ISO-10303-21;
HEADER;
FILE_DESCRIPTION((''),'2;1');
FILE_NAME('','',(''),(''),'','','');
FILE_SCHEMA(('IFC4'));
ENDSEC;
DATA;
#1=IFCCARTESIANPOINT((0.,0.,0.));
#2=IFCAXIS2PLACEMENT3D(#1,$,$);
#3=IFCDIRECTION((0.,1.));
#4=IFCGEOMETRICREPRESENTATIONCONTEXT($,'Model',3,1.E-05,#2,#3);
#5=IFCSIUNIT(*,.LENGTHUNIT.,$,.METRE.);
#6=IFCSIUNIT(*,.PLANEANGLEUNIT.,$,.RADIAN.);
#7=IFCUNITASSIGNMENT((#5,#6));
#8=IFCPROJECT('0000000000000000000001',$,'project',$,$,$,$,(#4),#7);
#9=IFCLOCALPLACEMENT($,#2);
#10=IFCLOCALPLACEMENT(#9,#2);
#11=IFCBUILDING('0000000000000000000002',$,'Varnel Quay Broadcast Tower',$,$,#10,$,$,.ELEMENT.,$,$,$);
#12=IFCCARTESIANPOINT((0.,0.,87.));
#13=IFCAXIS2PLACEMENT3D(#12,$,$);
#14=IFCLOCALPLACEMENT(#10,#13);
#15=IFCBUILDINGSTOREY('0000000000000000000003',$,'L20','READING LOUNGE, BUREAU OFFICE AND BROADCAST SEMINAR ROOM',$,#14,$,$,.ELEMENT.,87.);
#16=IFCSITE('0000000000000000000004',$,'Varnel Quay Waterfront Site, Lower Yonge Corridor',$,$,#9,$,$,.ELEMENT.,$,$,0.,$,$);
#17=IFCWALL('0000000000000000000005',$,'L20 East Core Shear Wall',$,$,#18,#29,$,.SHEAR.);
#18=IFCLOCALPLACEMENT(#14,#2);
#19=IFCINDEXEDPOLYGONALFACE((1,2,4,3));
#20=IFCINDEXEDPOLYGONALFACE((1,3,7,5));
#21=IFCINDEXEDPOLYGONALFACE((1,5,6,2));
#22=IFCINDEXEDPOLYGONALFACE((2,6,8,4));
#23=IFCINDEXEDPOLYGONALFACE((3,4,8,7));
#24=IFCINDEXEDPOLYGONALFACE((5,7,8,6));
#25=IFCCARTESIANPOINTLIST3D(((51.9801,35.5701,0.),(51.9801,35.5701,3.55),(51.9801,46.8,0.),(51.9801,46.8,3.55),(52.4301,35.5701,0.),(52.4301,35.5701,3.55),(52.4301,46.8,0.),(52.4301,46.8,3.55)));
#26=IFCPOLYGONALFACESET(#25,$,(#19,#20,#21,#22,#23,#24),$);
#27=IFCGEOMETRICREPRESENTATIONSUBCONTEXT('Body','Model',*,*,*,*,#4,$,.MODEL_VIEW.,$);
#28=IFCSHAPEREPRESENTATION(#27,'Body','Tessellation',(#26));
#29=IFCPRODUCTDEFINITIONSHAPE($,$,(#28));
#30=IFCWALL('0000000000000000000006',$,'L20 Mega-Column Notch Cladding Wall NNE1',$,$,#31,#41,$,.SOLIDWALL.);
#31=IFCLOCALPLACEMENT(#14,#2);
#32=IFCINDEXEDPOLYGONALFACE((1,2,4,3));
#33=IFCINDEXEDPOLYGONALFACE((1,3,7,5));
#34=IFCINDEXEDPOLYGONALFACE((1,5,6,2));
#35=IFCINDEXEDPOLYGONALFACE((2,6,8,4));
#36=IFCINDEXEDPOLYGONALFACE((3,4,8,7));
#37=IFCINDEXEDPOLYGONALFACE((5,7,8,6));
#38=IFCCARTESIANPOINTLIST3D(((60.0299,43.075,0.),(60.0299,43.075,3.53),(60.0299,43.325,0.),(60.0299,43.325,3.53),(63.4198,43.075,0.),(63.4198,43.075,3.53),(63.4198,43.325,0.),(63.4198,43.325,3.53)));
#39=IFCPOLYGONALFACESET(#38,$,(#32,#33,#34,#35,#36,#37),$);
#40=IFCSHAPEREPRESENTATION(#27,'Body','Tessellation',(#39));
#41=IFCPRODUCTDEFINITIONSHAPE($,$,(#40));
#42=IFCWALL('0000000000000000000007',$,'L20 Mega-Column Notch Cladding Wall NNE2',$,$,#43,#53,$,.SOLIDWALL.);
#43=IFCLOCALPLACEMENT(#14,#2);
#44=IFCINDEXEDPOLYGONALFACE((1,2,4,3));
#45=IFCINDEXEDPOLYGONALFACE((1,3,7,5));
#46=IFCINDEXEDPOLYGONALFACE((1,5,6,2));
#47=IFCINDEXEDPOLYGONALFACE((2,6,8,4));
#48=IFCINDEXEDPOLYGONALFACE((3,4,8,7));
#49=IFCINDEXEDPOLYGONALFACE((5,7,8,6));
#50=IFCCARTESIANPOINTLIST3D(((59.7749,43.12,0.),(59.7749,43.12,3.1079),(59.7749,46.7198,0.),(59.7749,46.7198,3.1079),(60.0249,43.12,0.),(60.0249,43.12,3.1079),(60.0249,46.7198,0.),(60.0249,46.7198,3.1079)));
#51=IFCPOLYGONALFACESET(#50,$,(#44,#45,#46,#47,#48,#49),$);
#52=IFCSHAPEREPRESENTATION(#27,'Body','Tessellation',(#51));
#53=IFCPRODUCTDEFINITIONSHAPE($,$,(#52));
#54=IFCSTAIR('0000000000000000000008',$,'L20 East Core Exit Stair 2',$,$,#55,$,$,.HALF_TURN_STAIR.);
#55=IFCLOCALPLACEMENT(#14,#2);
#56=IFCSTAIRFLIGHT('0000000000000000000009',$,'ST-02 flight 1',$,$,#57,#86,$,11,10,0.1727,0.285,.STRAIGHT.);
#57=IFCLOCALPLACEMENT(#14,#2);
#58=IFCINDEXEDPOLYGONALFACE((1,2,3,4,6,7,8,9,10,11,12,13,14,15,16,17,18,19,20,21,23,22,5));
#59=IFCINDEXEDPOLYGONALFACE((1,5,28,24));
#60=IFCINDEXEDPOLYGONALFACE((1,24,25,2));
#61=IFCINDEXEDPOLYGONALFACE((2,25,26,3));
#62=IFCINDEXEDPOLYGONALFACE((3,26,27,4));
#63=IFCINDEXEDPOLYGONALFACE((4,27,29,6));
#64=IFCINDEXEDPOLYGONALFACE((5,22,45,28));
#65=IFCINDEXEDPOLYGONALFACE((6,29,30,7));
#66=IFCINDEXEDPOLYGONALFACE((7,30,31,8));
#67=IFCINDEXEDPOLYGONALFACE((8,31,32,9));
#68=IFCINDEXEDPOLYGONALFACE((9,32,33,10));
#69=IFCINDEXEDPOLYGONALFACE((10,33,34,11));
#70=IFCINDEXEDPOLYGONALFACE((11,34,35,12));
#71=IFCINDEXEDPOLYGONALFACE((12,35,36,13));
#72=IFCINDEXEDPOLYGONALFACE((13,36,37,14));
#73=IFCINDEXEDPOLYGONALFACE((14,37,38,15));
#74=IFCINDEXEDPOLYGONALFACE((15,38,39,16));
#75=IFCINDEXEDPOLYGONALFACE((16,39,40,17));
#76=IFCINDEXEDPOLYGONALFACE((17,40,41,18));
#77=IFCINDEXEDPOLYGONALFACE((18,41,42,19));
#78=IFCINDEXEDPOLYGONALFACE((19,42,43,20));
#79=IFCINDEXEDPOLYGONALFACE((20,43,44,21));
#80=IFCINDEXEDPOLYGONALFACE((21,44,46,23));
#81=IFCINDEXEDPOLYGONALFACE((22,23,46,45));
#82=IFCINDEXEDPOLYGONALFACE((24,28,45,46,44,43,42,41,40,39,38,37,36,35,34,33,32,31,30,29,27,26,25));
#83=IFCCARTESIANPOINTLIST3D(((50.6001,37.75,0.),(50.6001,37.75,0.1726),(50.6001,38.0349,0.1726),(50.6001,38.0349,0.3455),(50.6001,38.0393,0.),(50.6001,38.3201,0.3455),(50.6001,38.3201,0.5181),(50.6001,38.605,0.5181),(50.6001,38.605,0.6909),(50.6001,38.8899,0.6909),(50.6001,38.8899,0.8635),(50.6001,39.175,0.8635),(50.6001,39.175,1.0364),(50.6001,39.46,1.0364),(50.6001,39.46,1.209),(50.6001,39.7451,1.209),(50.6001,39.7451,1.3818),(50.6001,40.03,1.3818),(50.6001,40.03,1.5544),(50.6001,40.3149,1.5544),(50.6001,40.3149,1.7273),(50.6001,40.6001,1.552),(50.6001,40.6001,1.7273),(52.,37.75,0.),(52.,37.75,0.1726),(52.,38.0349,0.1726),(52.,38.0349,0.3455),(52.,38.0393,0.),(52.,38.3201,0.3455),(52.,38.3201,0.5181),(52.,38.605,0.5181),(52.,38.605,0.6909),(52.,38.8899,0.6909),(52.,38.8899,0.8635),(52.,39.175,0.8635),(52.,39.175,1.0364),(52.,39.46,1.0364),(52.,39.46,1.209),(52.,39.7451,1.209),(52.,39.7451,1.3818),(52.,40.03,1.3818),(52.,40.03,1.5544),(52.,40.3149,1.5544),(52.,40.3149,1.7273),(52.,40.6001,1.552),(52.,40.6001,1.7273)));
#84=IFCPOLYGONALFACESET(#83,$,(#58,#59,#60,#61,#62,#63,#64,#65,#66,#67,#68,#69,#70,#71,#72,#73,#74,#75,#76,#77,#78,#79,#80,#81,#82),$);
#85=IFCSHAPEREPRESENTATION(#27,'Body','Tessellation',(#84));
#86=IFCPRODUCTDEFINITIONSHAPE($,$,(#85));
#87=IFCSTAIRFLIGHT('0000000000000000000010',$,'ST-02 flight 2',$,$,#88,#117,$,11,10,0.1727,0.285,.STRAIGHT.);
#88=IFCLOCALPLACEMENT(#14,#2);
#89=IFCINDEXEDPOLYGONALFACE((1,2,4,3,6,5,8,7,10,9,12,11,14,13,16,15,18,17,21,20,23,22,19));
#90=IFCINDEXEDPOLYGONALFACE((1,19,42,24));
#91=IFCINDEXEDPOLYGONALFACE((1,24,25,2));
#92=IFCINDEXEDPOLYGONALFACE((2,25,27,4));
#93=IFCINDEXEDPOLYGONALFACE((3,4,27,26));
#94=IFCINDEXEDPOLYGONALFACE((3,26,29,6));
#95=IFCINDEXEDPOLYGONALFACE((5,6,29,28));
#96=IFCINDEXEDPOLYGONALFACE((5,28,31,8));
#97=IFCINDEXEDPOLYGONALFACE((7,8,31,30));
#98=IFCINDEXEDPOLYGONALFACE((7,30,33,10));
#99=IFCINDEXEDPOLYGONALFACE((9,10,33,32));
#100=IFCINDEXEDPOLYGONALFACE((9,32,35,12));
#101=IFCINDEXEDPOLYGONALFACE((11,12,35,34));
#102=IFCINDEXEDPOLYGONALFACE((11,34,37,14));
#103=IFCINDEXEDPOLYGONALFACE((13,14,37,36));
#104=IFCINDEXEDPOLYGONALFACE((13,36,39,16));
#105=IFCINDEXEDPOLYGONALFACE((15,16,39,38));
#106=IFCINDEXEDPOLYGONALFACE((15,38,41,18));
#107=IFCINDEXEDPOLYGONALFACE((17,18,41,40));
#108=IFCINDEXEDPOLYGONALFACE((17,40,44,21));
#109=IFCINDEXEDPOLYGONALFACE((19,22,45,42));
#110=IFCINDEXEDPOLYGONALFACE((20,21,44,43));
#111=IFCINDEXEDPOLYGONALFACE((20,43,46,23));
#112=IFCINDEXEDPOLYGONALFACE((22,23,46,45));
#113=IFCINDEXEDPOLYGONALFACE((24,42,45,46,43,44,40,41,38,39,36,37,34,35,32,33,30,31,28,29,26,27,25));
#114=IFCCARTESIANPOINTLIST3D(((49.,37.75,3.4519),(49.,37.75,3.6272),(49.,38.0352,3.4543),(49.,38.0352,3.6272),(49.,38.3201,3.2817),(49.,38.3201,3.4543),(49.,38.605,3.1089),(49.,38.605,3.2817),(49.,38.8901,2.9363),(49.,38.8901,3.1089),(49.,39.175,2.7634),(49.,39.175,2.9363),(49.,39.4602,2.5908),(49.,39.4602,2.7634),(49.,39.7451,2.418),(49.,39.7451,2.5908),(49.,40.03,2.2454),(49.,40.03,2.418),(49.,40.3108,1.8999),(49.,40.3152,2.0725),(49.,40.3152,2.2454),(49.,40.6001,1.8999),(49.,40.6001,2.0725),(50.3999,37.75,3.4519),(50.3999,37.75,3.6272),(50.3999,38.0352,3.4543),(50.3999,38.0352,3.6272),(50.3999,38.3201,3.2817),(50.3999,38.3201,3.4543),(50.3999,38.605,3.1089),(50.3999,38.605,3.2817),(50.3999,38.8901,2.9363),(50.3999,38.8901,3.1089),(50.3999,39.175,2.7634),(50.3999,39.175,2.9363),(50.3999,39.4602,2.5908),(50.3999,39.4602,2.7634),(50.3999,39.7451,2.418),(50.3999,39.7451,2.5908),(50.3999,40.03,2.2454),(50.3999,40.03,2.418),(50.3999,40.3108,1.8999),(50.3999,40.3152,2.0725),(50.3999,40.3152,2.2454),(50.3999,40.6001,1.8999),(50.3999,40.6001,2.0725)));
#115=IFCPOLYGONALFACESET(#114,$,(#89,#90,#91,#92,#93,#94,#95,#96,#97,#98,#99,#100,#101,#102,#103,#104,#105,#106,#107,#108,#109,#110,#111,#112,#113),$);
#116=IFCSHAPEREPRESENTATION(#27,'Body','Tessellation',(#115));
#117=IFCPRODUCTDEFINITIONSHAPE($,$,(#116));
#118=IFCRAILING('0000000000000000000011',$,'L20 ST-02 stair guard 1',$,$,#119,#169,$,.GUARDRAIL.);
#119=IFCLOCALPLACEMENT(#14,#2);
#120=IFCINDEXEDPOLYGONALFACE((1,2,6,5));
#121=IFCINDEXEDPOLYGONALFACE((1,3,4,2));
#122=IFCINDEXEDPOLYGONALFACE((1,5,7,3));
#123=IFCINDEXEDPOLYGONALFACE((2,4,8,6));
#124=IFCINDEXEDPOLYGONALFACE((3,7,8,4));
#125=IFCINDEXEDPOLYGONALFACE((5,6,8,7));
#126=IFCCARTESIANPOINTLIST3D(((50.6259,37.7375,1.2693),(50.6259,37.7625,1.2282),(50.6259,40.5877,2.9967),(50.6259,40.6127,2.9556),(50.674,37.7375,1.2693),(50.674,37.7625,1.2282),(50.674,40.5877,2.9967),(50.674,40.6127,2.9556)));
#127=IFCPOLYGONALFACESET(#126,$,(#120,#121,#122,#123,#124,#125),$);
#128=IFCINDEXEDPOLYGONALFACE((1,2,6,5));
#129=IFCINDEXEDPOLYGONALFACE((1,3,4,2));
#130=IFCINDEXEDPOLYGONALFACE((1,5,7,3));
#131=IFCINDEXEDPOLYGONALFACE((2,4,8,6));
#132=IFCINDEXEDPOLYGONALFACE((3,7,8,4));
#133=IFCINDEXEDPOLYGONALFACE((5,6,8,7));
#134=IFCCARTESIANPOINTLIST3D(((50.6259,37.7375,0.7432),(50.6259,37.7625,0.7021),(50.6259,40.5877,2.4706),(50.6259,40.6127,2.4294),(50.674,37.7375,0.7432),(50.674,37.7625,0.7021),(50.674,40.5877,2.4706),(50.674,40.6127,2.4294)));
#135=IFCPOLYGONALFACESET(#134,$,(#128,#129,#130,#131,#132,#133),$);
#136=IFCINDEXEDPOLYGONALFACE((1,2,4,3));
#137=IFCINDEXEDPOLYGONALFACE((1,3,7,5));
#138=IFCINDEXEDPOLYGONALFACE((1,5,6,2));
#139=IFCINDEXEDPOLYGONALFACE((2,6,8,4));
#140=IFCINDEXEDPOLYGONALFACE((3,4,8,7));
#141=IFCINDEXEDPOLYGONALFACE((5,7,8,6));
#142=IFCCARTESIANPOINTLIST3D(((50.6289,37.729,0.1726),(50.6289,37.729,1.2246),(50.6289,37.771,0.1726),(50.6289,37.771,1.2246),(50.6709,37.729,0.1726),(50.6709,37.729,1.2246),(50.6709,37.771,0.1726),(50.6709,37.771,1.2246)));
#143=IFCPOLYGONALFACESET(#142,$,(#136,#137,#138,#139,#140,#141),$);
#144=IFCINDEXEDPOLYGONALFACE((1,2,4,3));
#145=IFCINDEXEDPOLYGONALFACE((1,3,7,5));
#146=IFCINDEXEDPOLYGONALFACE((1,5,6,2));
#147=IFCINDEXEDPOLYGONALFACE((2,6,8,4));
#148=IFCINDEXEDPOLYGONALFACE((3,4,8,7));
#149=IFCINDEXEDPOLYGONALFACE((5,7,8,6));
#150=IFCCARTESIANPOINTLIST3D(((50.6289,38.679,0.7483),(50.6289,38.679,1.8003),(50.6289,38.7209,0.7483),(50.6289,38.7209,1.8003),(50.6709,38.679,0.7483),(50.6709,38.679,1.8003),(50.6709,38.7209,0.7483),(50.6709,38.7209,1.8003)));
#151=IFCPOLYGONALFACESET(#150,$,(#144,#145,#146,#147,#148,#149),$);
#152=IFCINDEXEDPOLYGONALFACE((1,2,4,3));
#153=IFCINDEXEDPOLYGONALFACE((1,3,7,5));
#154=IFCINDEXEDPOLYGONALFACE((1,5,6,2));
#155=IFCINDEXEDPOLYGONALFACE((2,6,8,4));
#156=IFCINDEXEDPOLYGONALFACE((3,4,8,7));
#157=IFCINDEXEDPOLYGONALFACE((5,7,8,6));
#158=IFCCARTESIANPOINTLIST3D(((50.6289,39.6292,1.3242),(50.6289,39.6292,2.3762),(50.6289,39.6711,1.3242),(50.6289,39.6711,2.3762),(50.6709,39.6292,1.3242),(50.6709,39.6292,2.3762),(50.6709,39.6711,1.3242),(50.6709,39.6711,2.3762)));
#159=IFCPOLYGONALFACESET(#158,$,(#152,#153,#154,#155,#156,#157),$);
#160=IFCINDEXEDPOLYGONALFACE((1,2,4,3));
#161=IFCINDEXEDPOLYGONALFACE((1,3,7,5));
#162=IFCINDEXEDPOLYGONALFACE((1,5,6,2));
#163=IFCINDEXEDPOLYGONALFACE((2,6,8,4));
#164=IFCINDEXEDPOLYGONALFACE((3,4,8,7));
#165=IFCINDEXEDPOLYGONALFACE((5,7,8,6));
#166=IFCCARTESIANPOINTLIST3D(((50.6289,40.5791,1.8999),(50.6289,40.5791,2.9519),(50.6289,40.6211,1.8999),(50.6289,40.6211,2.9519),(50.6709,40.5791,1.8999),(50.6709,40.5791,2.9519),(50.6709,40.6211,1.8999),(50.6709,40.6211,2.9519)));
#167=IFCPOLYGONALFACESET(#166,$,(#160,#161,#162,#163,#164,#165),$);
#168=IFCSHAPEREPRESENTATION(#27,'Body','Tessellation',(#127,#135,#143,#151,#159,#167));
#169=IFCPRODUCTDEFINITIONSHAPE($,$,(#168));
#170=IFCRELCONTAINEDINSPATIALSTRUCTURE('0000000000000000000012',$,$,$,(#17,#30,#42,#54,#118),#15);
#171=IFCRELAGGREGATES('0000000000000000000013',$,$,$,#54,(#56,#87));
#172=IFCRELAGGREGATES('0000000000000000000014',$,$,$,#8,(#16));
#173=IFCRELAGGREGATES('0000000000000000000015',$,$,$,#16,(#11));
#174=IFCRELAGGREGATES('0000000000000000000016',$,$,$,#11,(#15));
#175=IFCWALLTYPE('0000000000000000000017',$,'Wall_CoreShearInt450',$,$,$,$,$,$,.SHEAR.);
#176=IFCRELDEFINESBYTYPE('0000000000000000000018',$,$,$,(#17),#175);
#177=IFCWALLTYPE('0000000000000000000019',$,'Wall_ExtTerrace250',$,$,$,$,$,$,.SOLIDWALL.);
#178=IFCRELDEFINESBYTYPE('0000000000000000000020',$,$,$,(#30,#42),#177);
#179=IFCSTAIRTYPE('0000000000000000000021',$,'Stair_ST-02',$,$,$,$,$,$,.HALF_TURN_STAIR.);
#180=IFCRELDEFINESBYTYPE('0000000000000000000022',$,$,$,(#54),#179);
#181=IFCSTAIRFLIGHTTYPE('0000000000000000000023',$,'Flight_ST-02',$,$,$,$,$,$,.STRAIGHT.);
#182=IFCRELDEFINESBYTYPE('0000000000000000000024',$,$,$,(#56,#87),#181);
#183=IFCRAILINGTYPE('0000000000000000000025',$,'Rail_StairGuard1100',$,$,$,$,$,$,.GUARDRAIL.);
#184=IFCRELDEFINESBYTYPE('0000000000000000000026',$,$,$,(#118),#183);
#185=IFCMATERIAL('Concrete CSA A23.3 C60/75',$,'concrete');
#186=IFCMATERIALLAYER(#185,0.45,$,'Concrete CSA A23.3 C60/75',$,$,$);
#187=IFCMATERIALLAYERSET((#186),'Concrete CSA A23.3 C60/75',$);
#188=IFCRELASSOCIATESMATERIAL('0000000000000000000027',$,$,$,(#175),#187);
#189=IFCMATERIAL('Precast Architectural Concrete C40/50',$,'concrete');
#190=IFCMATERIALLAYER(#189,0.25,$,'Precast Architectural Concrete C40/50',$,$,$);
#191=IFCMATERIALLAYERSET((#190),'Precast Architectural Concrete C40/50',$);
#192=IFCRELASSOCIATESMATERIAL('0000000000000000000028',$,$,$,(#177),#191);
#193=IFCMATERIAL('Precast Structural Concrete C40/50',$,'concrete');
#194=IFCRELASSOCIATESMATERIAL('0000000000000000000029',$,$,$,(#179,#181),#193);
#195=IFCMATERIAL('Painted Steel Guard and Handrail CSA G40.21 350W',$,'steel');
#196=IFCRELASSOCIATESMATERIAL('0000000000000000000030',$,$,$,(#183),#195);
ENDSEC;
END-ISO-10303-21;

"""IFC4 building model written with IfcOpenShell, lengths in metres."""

from ifc_helpers import new_model, si_unit, direction, frame, frame_2d, origin, origin_2d, place, context, subcontext, project, spatial, polyline, rectangle, outline, extrude, material, layer, layer_set, type_object, element, aggregate, save


model = new_model("IFC4")

# Units and contexts
model_context = context("Model", 3, precision=1e-05, world=origin(), true_north=direction((0.0, 1.0)))
body_context = subcontext(model_context, "Body", "Model", "MODEL_VIEW")
ifc_project = project(units=[si_unit("LENGTHUNIT", "METRE"), si_unit("PLANEANGLEUNIT", "RADIAN")], contexts=[model_context])

# Site, building, storey
site_placement = place(None, origin())
site = spatial("IfcSite", under=ifc_project, at=site_placement, Name="Varnel Quay Waterfront Site, Lower Yonge Corridor", CompositionType="ELEMENT", RefElevation=0.0)
building_placement = place(site_placement, origin())
building = spatial("IfcBuilding", under=site, at=building_placement, Name="Varnel Quay Broadcast Tower", CompositionType="ELEMENT")
storey_placement = place(building_placement, frame((0.0, 0.0, 87.0)))
storey = spatial("IfcBuildingStorey", under=building, at=storey_placement, Name="L20", Description="READING LOUNGE, BUREAU OFFICE AND BROADCAST SEMINAR ROOM", CompositionType="ELEMENT", Elevation=87.0)

# Walls
ifc_material_1 = material(Name="Concrete CSA A23.3 C60/75", Category="concrete")
ifc_layer_1 = layer(ifc_material_1, 0.45, Name="Concrete CSA A23.3 C60/75")
ifc_layer_set_1 = layer_set([ifc_layer_1], Name="Concrete CSA A23.3 C60/75")
wall_type_1 = type_object("IfcWallType", Name="Wall_CoreShearInt450", PredefinedType="SHEAR", material=ifc_layer_set_1)
wall_1_placement = place(storey_placement, frame((52.2051, 35.5701, 0.0), z_axis=(0.0, 0.0, 1.0), x_axis=(0.0, 1.0, 0.0)))
element("IfcWall", 1, at=wall_1_placement, inside=storey, type_object=wall_type_1, Name="L20 East Core Shear Wall", PredefinedType="SHEAR", context=body_context, shape_type="SweptSolid", body=[
    extrude(rectangle(XDim=11.23, YDim=0.45, at=frame_2d((5.615, 0.0))), origin(), (0.0, 0.0, 1.0), 3.55),
])
ifc_material_2 = material(Name="Precast Architectural Concrete C40/50", Category="concrete")
ifc_layer_2 = layer(ifc_material_2, 0.25, Name="Precast Architectural Concrete C40/50")
ifc_layer_set_2 = layer_set([ifc_layer_2], Name="Precast Architectural Concrete C40/50")
wall_type_2 = type_object("IfcWallType", Name="Wall_ExtTerrace250", PredefinedType="SOLIDWALL", material=ifc_layer_set_2)
wall_2_placement = place(storey_placement, frame((60.03, 43.2, 0.0), z_axis=(0.0, 0.0, 1.0), x_axis=(1.0, 0.0, 0.0)))
element("IfcWall", 2, at=wall_2_placement, inside=storey, type_object=wall_type_2, Name="L20 Mega-Column Notch Cladding Wall NNE1", PredefinedType="SOLIDWALL", context=body_context, shape_type="SweptSolid", body=[
    extrude(rectangle(XDim=3.3899, YDim=0.25, at=frame_2d((1.6948, 0.0))), origin(), (0.0, 0.0, 1.0), 3.53),
])
wall_3_placement = place(storey_placement, frame((59.8999, 43.1201, 0.0), z_axis=(0.0, 0.0, 1.0), x_axis=(0.0, 1.0, 0.0)))
element("IfcWall", 3, at=wall_3_placement, inside=storey, type_object=wall_type_2, Name="L20 Mega-Column Notch Cladding Wall NNE2", PredefinedType="SOLIDWALL", context=body_context, shape_type="SweptSolid", body=[
    extrude(rectangle(XDim=3.5999, YDim=0.25, at=frame_2d((1.7998, 0.0))), origin(), (0.0, 0.0, 1.0), 3.1079),
])

# Stair, stair flights
ifc_material_3 = material(Name="Precast Structural Concrete C40/50", Category="concrete")
stair_type = type_object("IfcStairType", Name="Stair_ST-02", PredefinedType="HALF_TURN_STAIR", material=ifc_material_3)
stair_placement = place(storey_placement, origin())
stair = element("IfcStair", 4, at=stair_placement, inside=storey, type_object=stair_type, Name="L20 East Core Exit Stair 2", PredefinedType="HALF_TURN_STAIR")
stair_flight_type = type_object("IfcStairFlightType", Name="Flight_ST-02", PredefinedType="STRAIGHT", material=ifc_material_3)
stair_flight_1_placement = place(storey_placement, frame((51.3, 37.75, 0.0), z_axis=(0.0, 0.0, 1.0), x_axis=(0.0, 1.0, 0.0)))
stair_flight_1 = element("IfcStairFlight", 5, at=stair_flight_1_placement, type_object=stair_flight_type, Name="ST-02 flight 1", NumberOfRisers=11, NumberOfTreads=10, PredefinedType="STRAIGHT", RiserHeight=0.1727, TreadLength=0.285, context=body_context, shape_type="SweptSolid", body=[
    extrude(outline(polyline([(0.0, 0.0), (0.0, 0.1726), (0.2849, 0.1726), (0.2849, 0.3455), (0.5701, 0.3455), (0.5701, 0.5181), (0.855, 0.5181), (0.855, 0.6909), (1.1399, 0.6909), (1.1399, 0.8635), (1.425, 0.8635), (1.425, 1.0364), (1.71, 1.0364), (1.71, 1.209), (1.9951, 1.209), (1.9951, 1.3818), (2.28, 1.3818), (2.28, 1.5544), (2.5649, 1.5544), (2.5649, 1.7273), (2.8501, 1.7273), (2.8501, 1.8999), (2.8501, 1.552), (0.2893, 0.0), (0.0, 0.0)])), frame((0.0, 0.7, 0.0), z_axis=(0.0, -1.0, 0.0), x_axis=(1.0, 0.0, 0.0)), (0.0, 0.0, 1.0), 1.3999),
])
stair_flight_2_placement = place(storey_placement, frame((49.7, 40.6001, 1.8999), z_axis=(0.0, 0.0, 1.0), x_axis=(0.0, -1.0, 0.0)))
stair_flight_2 = element("IfcStairFlight", 6, at=stair_flight_2_placement, type_object=stair_flight_type, Name="ST-02 flight 2", NumberOfRisers=11, NumberOfTreads=10, PredefinedType="STRAIGHT", RiserHeight=0.1727, TreadLength=0.285, context=body_context, shape_type="SweptSolid", body=[
    extrude(outline(polyline([(0.0, 0.0), (0.0, 0.1726), (0.2849, 0.1726), (0.2849, 0.3455), (0.5701, 0.3455), (0.5701, 0.5181), (0.855, 0.5181), (0.855, 0.6909), (1.1399, 0.6909), (1.1399, 0.8635), (1.425, 0.8635), (1.425, 1.0364), (1.71, 1.0364), (1.71, 1.209), (1.9951, 1.209), (1.9951, 1.3818), (2.28, 1.3818), (2.28, 1.5544), (2.5649, 1.5544), (2.5649, 1.7273), (2.8501, 1.7273), (2.8501, 1.8999), (2.8501, 1.552), (0.2893, 0.0), (0.0, 0.0)])), frame((0.0, 0.7, 0.0), z_axis=(0.0, -1.0, 0.0), x_axis=(1.0, 0.0, 0.0)), (0.0, 0.0, 1.0), 1.3999),
])
aggregate(stair, [stair_flight_1, stair_flight_2])

# Railing
ifc_material_4 = material(Name="Painted Steel Guard and Handrail CSA G40.21 350W", Category="steel")
railing_type_1 = type_object("IfcRailingType", Name="Rail_StairGuard1100", PredefinedType="GUARDRAIL", material=ifc_material_4)
railing_1_placement = place(storey_placement, frame((50.6499, 37.75, 0.1726)))
element("IfcRailing", 7, at=railing_1_placement, inside=storey, type_object=railing_type_1, Name="L20 ST-02 stair guard 1", PredefinedType="GUARDRAIL", context=body_context, shape_type="SweptSolid", body=[
    extrude(rectangle(XDim=0.0481, YDim=0.0481, at=origin_2d()), frame((0.0, 0.0, 1.0762), z_axis=(0.0, 0.855203, 0.518294), x_axis=(-1.0, 0.0, 0.0)), (0.0, 0.0, 1.0), 3.3328),
    extrude(rectangle(XDim=0.0481, YDim=0.0481, at=origin_2d()), frame((0.0, 0.0, 0.55), z_axis=(0.0, 0.855203, 0.518294), x_axis=(-1.0, 0.0, 0.0)), (0.0, 0.0, 1.0), 3.3328),
    extrude(rectangle(XDim=0.042, YDim=0.042, at=origin_2d()), origin(), (0.0, 0.0, 1.0), 1.052),
    extrude(rectangle(XDim=0.042, YDim=0.042, at=origin_2d()), frame((0.0, 0.95, 0.5757)), (0.0, 0.0, 1.0), 1.052),
    extrude(rectangle(XDim=0.042, YDim=0.042, at=origin_2d()), frame((0.0, 1.9001, 1.1516)), (0.0, 0.0, 1.0), 1.052),
    extrude(rectangle(XDim=0.042, YDim=0.042, at=origin_2d()), frame((0.0, 2.8501, 1.7273)), (0.0, 0.0, 1.0), 1.052),
])

save(model, "model.ifc")
